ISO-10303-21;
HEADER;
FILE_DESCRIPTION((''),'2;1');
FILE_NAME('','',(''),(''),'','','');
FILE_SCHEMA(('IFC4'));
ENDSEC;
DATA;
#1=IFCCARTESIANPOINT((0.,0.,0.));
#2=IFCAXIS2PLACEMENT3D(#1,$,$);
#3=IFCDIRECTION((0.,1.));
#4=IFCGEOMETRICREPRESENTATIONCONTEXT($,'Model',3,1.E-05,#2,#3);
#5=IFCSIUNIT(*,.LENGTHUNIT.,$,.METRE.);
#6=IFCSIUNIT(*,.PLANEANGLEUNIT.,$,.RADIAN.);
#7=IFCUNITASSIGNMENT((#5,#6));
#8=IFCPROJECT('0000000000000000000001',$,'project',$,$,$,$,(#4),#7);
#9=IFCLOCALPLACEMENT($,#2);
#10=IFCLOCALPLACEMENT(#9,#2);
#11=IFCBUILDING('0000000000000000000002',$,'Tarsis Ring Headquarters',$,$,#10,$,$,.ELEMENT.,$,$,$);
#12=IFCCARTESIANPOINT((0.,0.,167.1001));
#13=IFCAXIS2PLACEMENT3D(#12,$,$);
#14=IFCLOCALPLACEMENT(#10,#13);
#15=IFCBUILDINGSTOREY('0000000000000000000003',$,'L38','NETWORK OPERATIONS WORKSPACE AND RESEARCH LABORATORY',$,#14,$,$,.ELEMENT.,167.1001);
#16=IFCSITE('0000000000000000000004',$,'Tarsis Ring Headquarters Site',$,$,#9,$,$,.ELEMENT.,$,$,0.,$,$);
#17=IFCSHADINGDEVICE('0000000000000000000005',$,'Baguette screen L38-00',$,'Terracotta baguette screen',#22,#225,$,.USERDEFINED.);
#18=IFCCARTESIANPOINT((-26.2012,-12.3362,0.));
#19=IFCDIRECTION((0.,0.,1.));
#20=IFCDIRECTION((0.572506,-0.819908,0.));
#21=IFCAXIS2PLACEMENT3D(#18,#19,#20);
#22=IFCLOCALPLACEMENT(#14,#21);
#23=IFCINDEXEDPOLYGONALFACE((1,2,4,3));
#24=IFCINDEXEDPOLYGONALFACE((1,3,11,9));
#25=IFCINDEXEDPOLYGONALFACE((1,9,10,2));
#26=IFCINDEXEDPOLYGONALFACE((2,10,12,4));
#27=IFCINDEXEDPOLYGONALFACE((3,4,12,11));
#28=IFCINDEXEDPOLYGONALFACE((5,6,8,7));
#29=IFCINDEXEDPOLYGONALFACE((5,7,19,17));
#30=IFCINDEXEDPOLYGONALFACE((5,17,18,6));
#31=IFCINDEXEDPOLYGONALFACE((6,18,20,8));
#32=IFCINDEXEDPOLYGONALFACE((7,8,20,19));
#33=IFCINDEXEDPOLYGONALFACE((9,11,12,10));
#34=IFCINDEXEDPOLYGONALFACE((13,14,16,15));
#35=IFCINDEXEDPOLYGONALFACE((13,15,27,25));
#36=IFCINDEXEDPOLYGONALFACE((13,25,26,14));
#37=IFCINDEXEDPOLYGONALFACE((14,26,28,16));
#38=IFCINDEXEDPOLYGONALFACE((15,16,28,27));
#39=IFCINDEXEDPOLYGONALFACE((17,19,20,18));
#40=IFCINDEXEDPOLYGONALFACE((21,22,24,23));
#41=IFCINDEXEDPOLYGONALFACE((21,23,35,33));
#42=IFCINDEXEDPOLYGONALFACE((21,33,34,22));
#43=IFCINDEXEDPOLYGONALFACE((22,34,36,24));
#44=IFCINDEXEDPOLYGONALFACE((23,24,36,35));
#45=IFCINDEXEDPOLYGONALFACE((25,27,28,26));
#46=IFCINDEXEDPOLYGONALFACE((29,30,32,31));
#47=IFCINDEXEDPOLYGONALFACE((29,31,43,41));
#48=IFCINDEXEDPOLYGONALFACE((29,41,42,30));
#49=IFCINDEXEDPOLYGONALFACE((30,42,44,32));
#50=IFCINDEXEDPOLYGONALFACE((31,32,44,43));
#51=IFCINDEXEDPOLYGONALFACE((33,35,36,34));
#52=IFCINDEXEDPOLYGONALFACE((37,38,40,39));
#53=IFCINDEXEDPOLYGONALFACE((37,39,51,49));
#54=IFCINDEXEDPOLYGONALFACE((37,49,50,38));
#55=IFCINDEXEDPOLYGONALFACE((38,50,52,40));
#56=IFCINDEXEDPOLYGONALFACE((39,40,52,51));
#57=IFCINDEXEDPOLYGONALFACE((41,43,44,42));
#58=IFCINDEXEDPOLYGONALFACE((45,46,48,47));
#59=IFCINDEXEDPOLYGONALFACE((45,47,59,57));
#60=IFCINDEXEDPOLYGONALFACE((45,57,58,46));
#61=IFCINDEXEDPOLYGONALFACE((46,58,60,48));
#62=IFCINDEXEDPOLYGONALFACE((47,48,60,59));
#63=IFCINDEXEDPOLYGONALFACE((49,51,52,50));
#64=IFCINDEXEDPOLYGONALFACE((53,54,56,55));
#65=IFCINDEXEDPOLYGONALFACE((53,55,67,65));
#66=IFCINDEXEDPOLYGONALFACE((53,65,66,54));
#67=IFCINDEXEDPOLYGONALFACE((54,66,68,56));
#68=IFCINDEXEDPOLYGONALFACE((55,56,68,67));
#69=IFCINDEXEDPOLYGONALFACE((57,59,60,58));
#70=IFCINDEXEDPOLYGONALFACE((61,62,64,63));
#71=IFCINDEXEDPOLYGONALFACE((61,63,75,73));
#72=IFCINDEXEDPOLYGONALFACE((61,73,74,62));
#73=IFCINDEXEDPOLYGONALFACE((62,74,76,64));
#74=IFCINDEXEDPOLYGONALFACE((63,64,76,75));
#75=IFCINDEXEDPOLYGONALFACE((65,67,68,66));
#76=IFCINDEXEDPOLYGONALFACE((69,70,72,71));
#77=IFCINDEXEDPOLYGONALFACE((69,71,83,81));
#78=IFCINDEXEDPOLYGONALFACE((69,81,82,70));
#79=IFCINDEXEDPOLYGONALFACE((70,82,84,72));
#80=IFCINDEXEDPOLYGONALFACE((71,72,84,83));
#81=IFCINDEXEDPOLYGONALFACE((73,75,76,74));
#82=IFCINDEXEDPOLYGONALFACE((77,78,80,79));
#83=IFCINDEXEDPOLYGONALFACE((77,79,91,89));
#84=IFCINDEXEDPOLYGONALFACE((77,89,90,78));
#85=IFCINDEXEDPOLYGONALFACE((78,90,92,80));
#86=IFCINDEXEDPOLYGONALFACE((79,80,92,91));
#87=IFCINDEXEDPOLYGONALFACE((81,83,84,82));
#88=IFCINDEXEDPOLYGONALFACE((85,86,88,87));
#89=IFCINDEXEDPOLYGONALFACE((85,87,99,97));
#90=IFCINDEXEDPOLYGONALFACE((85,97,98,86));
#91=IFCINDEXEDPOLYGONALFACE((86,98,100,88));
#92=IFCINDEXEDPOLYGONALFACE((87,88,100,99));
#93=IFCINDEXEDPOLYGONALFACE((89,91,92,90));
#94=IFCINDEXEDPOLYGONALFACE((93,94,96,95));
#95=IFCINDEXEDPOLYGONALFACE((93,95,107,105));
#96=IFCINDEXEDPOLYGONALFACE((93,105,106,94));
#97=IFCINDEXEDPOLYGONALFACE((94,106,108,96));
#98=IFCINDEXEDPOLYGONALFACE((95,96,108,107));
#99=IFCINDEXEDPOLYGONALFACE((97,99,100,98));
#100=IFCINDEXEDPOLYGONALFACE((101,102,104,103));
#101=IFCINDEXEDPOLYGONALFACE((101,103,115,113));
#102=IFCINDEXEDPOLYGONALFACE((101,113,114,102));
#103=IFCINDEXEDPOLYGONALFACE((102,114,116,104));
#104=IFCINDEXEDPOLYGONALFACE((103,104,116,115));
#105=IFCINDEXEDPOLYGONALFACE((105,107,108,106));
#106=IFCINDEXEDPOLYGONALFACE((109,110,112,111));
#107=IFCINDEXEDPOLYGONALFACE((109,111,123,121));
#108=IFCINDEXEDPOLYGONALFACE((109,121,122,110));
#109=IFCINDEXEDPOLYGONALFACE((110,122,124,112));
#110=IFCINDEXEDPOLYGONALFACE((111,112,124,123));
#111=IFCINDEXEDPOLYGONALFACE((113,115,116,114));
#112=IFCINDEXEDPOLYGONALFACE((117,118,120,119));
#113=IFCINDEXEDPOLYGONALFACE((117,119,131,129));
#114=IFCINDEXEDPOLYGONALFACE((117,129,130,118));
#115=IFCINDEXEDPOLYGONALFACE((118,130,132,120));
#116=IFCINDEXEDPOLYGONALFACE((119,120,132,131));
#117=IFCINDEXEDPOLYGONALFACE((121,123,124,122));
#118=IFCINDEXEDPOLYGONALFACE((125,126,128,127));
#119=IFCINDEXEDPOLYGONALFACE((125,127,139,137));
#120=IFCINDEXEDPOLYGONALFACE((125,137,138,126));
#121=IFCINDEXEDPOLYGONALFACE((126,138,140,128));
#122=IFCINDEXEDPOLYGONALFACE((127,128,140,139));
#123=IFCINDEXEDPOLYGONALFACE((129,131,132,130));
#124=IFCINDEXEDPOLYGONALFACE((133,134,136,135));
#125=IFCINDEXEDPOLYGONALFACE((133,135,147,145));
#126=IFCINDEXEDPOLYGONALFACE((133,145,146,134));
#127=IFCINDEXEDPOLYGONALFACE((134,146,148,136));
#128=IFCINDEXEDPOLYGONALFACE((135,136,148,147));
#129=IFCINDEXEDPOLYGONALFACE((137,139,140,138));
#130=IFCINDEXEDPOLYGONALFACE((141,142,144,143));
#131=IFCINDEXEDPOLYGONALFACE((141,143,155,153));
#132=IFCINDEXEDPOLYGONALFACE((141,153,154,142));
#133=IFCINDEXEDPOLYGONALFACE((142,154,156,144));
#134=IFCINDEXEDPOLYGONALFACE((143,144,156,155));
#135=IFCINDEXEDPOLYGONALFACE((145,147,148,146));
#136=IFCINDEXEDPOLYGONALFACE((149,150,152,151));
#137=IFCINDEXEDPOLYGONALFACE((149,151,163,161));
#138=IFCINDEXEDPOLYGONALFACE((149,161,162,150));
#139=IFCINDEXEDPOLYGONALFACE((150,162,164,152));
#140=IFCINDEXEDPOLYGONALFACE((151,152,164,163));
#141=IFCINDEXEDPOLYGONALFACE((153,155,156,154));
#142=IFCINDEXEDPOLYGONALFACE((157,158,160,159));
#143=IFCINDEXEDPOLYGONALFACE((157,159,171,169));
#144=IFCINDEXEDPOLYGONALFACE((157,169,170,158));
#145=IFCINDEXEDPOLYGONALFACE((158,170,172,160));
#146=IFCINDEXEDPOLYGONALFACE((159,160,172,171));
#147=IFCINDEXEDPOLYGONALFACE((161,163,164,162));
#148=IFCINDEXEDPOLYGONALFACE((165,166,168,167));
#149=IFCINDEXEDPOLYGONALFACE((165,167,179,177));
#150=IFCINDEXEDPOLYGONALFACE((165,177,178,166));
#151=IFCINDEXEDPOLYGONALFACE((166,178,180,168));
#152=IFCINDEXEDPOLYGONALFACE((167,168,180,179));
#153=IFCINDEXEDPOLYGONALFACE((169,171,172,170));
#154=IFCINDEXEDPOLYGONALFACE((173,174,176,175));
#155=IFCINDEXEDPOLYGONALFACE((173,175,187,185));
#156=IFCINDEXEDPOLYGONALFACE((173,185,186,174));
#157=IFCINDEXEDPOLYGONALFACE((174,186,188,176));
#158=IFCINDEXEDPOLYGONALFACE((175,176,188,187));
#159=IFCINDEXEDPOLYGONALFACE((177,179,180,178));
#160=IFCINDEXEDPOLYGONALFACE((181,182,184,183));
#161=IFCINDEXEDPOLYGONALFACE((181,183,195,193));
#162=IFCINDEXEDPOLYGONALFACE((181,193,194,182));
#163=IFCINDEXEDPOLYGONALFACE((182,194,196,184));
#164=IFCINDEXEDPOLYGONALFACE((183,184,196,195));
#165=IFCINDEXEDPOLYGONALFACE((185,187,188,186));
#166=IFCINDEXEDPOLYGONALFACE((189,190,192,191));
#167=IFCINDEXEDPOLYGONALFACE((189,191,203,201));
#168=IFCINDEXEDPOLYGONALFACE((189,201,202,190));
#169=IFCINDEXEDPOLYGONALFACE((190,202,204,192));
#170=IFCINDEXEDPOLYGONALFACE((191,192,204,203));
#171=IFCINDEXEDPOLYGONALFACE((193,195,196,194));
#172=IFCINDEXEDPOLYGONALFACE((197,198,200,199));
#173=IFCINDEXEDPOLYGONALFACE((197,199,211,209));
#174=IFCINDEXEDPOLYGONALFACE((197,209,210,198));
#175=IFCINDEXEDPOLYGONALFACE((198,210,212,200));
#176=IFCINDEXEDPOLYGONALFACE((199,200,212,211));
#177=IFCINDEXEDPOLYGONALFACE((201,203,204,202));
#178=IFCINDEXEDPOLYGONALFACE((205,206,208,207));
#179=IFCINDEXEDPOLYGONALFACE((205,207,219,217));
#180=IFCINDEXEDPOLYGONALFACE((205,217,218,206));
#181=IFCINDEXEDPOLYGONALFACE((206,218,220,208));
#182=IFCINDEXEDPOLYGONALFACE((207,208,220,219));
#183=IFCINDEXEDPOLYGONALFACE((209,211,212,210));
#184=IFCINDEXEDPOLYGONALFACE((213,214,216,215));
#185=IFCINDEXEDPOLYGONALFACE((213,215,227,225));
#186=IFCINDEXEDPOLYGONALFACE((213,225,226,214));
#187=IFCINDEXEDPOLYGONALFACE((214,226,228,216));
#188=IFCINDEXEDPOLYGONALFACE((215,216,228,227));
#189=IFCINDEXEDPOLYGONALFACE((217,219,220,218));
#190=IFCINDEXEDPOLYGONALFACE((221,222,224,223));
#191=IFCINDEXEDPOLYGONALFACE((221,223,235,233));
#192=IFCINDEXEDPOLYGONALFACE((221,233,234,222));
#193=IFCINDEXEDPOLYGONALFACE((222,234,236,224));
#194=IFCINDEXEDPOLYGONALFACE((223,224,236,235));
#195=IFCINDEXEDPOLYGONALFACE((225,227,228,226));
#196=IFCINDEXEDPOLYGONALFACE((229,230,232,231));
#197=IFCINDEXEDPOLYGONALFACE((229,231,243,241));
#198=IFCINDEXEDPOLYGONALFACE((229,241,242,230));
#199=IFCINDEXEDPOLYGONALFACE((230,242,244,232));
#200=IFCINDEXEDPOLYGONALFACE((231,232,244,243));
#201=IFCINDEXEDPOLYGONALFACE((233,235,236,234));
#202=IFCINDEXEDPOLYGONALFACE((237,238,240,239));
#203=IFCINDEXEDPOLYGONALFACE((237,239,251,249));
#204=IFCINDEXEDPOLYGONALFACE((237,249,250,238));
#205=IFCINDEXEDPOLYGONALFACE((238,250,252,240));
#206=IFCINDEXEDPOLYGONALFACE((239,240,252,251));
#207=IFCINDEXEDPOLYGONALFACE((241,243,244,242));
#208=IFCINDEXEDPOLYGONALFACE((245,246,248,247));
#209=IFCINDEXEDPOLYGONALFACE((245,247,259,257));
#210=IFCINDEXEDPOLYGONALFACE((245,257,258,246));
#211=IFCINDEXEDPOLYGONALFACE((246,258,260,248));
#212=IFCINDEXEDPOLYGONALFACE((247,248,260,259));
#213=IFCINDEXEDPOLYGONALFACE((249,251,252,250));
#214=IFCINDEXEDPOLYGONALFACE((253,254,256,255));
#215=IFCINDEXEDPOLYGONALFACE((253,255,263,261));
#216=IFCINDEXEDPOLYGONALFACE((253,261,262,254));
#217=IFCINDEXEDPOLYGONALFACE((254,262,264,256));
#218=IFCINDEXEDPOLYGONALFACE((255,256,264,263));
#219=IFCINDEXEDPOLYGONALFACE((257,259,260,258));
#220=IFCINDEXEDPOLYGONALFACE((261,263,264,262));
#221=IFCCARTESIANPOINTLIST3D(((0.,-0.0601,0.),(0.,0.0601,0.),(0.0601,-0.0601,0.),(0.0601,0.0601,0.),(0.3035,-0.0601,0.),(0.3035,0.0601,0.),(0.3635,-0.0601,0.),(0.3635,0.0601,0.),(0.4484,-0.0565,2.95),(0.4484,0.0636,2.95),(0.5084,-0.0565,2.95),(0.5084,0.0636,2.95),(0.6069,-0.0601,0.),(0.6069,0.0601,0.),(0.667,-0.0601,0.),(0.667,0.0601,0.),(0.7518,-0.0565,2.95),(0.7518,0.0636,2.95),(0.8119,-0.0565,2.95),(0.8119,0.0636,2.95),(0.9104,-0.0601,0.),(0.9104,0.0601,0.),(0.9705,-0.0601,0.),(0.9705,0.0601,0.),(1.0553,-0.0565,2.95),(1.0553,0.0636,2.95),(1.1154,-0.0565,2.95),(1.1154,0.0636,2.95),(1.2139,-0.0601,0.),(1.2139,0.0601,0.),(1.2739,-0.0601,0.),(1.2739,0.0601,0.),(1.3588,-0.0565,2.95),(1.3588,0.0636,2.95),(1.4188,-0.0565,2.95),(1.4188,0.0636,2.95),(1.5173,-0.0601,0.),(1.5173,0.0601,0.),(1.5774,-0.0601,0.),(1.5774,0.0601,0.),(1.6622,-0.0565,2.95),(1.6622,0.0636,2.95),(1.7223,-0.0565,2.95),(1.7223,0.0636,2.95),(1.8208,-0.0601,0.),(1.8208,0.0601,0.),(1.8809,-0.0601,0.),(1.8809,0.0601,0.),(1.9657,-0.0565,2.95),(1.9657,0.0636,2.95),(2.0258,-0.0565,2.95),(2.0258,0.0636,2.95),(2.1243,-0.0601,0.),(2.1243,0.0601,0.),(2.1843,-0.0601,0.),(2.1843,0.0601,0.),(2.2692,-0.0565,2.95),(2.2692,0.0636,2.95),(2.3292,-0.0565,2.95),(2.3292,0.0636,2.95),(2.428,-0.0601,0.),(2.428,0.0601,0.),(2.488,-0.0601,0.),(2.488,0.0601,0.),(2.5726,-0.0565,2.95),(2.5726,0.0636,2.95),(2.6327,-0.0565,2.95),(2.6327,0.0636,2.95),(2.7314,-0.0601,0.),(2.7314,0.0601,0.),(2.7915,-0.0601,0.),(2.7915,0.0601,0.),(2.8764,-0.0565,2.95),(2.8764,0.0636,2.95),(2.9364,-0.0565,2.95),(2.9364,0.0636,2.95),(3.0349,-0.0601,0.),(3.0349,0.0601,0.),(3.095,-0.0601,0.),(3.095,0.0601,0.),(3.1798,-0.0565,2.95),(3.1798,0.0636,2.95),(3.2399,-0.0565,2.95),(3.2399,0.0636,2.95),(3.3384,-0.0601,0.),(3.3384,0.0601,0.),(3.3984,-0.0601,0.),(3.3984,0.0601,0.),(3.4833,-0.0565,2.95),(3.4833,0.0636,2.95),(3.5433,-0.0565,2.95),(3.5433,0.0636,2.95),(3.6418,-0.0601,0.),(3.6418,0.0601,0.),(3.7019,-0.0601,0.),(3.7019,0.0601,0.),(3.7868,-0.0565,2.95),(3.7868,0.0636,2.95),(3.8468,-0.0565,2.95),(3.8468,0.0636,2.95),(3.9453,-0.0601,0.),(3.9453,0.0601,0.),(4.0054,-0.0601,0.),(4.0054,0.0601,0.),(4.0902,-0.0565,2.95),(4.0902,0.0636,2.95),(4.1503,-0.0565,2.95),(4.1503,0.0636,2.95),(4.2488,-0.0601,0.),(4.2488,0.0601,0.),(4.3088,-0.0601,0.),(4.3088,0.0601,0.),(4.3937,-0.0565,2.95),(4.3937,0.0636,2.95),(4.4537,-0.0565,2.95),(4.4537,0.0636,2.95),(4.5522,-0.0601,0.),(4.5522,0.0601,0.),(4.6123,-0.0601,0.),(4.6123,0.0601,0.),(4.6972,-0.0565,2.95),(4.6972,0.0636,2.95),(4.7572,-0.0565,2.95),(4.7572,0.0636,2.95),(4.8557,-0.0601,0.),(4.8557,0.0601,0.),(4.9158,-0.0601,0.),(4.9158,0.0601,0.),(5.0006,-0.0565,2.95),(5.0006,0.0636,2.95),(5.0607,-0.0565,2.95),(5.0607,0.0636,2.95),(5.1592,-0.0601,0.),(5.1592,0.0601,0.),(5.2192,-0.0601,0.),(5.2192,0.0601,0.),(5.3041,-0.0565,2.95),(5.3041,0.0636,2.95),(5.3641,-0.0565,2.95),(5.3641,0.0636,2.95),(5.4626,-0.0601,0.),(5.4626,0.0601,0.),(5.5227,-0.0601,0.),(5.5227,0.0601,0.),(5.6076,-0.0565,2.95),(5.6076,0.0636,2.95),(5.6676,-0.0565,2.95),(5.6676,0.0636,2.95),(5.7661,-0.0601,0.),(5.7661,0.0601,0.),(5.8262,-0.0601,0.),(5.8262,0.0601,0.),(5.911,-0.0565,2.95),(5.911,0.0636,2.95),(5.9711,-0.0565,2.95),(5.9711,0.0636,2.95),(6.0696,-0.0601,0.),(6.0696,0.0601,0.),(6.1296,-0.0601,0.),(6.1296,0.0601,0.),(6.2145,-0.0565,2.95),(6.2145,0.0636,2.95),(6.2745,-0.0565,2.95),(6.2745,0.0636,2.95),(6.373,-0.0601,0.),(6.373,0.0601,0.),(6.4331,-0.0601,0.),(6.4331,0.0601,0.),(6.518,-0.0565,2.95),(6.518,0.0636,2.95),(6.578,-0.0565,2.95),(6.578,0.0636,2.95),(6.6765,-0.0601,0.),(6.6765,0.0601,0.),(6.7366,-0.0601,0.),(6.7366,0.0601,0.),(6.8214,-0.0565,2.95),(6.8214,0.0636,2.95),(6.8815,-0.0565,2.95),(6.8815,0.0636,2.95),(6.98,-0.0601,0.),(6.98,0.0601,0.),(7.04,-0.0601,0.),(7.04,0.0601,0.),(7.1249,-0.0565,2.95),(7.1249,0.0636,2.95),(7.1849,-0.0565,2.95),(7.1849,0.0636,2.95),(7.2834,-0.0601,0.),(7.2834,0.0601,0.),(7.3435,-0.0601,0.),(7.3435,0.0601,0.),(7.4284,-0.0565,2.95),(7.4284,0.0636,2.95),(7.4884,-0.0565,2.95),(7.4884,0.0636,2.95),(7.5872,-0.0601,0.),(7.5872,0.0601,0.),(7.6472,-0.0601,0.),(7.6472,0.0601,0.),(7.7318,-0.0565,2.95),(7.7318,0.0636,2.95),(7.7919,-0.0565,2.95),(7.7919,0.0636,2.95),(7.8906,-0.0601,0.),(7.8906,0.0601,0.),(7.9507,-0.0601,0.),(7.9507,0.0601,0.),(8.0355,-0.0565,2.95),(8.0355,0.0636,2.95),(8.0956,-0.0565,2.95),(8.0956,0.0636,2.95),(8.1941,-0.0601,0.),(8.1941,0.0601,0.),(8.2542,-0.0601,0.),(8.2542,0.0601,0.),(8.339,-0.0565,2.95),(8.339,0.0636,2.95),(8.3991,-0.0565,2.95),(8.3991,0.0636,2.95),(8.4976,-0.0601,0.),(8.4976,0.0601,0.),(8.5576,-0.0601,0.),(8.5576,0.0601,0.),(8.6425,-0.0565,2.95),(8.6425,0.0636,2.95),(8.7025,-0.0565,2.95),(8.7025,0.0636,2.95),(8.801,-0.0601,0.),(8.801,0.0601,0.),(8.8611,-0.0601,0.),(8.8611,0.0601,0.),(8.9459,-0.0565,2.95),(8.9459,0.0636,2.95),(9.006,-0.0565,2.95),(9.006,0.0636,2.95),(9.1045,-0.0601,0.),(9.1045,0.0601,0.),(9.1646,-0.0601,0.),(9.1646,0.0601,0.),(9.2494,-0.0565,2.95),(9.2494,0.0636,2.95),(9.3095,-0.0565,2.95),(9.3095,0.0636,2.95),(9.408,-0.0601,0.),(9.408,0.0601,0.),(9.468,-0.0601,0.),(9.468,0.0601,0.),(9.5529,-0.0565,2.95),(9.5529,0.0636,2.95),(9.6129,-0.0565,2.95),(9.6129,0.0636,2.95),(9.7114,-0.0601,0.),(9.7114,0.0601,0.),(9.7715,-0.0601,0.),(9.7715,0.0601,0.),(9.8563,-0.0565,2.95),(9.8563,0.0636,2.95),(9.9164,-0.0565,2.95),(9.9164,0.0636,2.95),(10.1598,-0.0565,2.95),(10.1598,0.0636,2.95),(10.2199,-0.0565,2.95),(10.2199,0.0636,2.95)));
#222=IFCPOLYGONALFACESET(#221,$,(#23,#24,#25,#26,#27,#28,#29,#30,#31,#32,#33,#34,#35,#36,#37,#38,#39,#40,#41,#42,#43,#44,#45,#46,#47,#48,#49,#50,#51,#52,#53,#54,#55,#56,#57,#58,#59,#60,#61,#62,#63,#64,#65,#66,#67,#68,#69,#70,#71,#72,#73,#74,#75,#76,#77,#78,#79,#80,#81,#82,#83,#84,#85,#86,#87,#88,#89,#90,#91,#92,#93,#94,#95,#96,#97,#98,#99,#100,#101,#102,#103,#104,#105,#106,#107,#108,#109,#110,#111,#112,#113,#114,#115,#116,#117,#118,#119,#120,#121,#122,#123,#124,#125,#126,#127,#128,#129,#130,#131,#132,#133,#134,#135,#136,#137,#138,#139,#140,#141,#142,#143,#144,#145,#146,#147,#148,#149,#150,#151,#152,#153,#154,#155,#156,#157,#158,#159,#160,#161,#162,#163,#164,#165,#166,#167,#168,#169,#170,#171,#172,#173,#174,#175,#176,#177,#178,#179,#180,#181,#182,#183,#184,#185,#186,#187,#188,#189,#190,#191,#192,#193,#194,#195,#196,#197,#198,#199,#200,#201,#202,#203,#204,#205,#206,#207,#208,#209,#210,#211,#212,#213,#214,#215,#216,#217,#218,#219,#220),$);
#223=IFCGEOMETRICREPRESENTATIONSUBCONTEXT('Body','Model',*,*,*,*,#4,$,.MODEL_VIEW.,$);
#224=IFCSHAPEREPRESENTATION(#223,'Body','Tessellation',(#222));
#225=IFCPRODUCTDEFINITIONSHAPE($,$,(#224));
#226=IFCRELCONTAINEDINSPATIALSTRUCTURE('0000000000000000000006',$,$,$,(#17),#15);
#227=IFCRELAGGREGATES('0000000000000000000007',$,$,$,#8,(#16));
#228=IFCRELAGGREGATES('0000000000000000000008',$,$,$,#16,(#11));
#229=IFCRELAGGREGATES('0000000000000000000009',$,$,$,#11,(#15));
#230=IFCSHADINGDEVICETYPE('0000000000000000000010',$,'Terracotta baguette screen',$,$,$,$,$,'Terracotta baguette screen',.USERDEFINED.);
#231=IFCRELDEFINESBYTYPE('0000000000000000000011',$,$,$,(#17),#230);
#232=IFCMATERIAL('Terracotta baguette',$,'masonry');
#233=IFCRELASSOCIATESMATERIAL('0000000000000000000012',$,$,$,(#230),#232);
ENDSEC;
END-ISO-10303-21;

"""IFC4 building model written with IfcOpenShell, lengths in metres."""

from ifc_helpers import new_model, si_unit, direction, frame, frame_2d, origin, place, context, subcontext, project, spatial, rectangle, composite_profile, extrude, material, type_object, element, save


model = new_model("IFC4")

# Units and contexts
model_context = context("Model", 3, precision=1e-05, world=origin(), true_north=direction((0.0, 1.0)))
body_context = subcontext(model_context, "Body", "Model", "MODEL_VIEW")
ifc_project = project(units=[si_unit("LENGTHUNIT", "METRE"), si_unit("PLANEANGLEUNIT", "RADIAN")], contexts=[model_context])

# Site, building, storey
site_placement = place(None, origin())
site = spatial("IfcSite", under=ifc_project, at=site_placement, Name="Tarsis Ring Headquarters Site", CompositionType="ELEMENT", RefElevation=0.0)
building_placement = place(site_placement, origin())
building = spatial("IfcBuilding", under=site, at=building_placement, Name="Tarsis Ring Headquarters", CompositionType="ELEMENT")
storey_placement = place(building_placement, frame((0.0, 0.0, 167.1001)))
storey = spatial("IfcBuildingStorey", under=building, at=storey_placement, Name="L38", Description="NETWORK OPERATIONS WORKSPACE AND RESEARCH LABORATORY", CompositionType="ELEMENT", Elevation=167.1001)

# Shading device
ifc_material_1 = material(Name="Terracotta baguette", Category="masonry")
shading_device_type = type_object("IfcShadingDeviceType", Name="Terracotta baguette screen", ElementType="Terracotta baguette screen", PredefinedType="USERDEFINED", material=ifc_material_1)
shading_device_1_placement = place(storey_placement, frame((-26.2012, -12.3362, 0.0), z_axis=(0.0, 0.0, 1.0), x_axis=(0.572506, -0.819908, 0.0)))
element("IfcShadingDevice", 1, at=shading_device_1_placement, inside=storey, type_object=shading_device_type, Name="Baguette screen L38-00", ObjectType="Terracotta baguette screen", PredefinedType="USERDEFINED", context=body_context, shape_type="SweptSolid", body=[
    extrude(composite_profile([rectangle(XDim=0.0601, YDim=0.1201, at=frame_2d((0.03, 0.0))), rectangle(XDim=0.0601, YDim=0.1201, at=frame_2d((0.3335, 0.0))), rectangle(XDim=0.0601, YDim=0.1201, at=frame_2d((0.637, 0.0))), rectangle(XDim=0.0601, YDim=0.1201, at=frame_2d((0.9404, 0.0))), rectangle(XDim=0.0601, YDim=0.1201, at=frame_2d((1.2439, 0.0))), rectangle(XDim=0.0601, YDim=0.1201, at=frame_2d((1.5474, 0.0))), rectangle(XDim=0.0601, YDim=0.1201, at=frame_2d((1.8508, 0.0))), rectangle(XDim=0.0601, YDim=0.1201, at=frame_2d((2.1543, 0.0))), rectangle(XDim=0.0601, YDim=0.1201, at=frame_2d((2.458, 0.0))), rectangle(XDim=0.0601, YDim=0.1201, at=frame_2d((2.7615, 0.0))), rectangle(XDim=0.0601, YDim=0.1201, at=frame_2d((3.0649, 0.0))), rectangle(XDim=0.0601, YDim=0.1201, at=frame_2d((3.3684, 0.0))), rectangle(XDim=0.0601, YDim=0.1201, at=frame_2d((3.6719, 0.0))), rectangle(XDim=0.0601, YDim=0.1201, at=frame_2d((3.9753, 0.0))), rectangle(XDim=0.0601, YDim=0.1201, at=frame_2d((4.2788, 0.0))), rectangle(XDim=0.0601, YDim=0.1201, at=frame_2d((4.5823, 0.0))), rectangle(XDim=0.0601, YDim=0.1201, at=frame_2d((4.8857, 0.0))), rectangle(XDim=0.0601, YDim=0.1201, at=frame_2d((5.1892, 0.0))), rectangle(XDim=0.0601, YDim=0.1201, at=frame_2d((5.4927, 0.0))), rectangle(XDim=0.0601, YDim=0.1201, at=frame_2d((5.7961, 0.0))), rectangle(XDim=0.0601, YDim=0.1201, at=frame_2d((6.0996, 0.0))), rectangle(XDim=0.0601, YDim=0.1201, at=frame_2d((6.4031, 0.0))), rectangle(XDim=0.0601, YDim=0.1201, at=frame_2d((6.7065, 0.0))), rectangle(XDim=0.0601, YDim=0.1201, at=frame_2d((7.01, 0.0))), rectangle(XDim=0.0601, YDim=0.1201, at=frame_2d((7.3135, 0.0))), rectangle(XDim=0.0601, YDim=0.1201, at=frame_2d((7.6172, 0.0))), rectangle(XDim=0.0601, YDim=0.1201, at=frame_2d((7.9207, 0.0))), rectangle(XDim=0.0601, YDim=0.1201, at=frame_2d((8.2241, 0.0))), rectangle(XDim=0.0601, YDim=0.1201, at=frame_2d((8.5276, 0.0))), rectangle(XDim=0.0601, YDim=0.1201, at=frame_2d((8.8311, 0.0))), rectangle(XDim=0.0601, YDim=0.1201, at=frame_2d((9.1345, 0.0))), rectangle(XDim=0.0601, YDim=0.1201, at=frame_2d((9.438, 0.0))), rectangle(XDim=0.0601, YDim=0.1201, at=frame_2d((9.7415, 0.0)))]), origin(), (0.150265, 0.00118, 0.988645), 2.9839),
])

save(model, "model.ifc")
